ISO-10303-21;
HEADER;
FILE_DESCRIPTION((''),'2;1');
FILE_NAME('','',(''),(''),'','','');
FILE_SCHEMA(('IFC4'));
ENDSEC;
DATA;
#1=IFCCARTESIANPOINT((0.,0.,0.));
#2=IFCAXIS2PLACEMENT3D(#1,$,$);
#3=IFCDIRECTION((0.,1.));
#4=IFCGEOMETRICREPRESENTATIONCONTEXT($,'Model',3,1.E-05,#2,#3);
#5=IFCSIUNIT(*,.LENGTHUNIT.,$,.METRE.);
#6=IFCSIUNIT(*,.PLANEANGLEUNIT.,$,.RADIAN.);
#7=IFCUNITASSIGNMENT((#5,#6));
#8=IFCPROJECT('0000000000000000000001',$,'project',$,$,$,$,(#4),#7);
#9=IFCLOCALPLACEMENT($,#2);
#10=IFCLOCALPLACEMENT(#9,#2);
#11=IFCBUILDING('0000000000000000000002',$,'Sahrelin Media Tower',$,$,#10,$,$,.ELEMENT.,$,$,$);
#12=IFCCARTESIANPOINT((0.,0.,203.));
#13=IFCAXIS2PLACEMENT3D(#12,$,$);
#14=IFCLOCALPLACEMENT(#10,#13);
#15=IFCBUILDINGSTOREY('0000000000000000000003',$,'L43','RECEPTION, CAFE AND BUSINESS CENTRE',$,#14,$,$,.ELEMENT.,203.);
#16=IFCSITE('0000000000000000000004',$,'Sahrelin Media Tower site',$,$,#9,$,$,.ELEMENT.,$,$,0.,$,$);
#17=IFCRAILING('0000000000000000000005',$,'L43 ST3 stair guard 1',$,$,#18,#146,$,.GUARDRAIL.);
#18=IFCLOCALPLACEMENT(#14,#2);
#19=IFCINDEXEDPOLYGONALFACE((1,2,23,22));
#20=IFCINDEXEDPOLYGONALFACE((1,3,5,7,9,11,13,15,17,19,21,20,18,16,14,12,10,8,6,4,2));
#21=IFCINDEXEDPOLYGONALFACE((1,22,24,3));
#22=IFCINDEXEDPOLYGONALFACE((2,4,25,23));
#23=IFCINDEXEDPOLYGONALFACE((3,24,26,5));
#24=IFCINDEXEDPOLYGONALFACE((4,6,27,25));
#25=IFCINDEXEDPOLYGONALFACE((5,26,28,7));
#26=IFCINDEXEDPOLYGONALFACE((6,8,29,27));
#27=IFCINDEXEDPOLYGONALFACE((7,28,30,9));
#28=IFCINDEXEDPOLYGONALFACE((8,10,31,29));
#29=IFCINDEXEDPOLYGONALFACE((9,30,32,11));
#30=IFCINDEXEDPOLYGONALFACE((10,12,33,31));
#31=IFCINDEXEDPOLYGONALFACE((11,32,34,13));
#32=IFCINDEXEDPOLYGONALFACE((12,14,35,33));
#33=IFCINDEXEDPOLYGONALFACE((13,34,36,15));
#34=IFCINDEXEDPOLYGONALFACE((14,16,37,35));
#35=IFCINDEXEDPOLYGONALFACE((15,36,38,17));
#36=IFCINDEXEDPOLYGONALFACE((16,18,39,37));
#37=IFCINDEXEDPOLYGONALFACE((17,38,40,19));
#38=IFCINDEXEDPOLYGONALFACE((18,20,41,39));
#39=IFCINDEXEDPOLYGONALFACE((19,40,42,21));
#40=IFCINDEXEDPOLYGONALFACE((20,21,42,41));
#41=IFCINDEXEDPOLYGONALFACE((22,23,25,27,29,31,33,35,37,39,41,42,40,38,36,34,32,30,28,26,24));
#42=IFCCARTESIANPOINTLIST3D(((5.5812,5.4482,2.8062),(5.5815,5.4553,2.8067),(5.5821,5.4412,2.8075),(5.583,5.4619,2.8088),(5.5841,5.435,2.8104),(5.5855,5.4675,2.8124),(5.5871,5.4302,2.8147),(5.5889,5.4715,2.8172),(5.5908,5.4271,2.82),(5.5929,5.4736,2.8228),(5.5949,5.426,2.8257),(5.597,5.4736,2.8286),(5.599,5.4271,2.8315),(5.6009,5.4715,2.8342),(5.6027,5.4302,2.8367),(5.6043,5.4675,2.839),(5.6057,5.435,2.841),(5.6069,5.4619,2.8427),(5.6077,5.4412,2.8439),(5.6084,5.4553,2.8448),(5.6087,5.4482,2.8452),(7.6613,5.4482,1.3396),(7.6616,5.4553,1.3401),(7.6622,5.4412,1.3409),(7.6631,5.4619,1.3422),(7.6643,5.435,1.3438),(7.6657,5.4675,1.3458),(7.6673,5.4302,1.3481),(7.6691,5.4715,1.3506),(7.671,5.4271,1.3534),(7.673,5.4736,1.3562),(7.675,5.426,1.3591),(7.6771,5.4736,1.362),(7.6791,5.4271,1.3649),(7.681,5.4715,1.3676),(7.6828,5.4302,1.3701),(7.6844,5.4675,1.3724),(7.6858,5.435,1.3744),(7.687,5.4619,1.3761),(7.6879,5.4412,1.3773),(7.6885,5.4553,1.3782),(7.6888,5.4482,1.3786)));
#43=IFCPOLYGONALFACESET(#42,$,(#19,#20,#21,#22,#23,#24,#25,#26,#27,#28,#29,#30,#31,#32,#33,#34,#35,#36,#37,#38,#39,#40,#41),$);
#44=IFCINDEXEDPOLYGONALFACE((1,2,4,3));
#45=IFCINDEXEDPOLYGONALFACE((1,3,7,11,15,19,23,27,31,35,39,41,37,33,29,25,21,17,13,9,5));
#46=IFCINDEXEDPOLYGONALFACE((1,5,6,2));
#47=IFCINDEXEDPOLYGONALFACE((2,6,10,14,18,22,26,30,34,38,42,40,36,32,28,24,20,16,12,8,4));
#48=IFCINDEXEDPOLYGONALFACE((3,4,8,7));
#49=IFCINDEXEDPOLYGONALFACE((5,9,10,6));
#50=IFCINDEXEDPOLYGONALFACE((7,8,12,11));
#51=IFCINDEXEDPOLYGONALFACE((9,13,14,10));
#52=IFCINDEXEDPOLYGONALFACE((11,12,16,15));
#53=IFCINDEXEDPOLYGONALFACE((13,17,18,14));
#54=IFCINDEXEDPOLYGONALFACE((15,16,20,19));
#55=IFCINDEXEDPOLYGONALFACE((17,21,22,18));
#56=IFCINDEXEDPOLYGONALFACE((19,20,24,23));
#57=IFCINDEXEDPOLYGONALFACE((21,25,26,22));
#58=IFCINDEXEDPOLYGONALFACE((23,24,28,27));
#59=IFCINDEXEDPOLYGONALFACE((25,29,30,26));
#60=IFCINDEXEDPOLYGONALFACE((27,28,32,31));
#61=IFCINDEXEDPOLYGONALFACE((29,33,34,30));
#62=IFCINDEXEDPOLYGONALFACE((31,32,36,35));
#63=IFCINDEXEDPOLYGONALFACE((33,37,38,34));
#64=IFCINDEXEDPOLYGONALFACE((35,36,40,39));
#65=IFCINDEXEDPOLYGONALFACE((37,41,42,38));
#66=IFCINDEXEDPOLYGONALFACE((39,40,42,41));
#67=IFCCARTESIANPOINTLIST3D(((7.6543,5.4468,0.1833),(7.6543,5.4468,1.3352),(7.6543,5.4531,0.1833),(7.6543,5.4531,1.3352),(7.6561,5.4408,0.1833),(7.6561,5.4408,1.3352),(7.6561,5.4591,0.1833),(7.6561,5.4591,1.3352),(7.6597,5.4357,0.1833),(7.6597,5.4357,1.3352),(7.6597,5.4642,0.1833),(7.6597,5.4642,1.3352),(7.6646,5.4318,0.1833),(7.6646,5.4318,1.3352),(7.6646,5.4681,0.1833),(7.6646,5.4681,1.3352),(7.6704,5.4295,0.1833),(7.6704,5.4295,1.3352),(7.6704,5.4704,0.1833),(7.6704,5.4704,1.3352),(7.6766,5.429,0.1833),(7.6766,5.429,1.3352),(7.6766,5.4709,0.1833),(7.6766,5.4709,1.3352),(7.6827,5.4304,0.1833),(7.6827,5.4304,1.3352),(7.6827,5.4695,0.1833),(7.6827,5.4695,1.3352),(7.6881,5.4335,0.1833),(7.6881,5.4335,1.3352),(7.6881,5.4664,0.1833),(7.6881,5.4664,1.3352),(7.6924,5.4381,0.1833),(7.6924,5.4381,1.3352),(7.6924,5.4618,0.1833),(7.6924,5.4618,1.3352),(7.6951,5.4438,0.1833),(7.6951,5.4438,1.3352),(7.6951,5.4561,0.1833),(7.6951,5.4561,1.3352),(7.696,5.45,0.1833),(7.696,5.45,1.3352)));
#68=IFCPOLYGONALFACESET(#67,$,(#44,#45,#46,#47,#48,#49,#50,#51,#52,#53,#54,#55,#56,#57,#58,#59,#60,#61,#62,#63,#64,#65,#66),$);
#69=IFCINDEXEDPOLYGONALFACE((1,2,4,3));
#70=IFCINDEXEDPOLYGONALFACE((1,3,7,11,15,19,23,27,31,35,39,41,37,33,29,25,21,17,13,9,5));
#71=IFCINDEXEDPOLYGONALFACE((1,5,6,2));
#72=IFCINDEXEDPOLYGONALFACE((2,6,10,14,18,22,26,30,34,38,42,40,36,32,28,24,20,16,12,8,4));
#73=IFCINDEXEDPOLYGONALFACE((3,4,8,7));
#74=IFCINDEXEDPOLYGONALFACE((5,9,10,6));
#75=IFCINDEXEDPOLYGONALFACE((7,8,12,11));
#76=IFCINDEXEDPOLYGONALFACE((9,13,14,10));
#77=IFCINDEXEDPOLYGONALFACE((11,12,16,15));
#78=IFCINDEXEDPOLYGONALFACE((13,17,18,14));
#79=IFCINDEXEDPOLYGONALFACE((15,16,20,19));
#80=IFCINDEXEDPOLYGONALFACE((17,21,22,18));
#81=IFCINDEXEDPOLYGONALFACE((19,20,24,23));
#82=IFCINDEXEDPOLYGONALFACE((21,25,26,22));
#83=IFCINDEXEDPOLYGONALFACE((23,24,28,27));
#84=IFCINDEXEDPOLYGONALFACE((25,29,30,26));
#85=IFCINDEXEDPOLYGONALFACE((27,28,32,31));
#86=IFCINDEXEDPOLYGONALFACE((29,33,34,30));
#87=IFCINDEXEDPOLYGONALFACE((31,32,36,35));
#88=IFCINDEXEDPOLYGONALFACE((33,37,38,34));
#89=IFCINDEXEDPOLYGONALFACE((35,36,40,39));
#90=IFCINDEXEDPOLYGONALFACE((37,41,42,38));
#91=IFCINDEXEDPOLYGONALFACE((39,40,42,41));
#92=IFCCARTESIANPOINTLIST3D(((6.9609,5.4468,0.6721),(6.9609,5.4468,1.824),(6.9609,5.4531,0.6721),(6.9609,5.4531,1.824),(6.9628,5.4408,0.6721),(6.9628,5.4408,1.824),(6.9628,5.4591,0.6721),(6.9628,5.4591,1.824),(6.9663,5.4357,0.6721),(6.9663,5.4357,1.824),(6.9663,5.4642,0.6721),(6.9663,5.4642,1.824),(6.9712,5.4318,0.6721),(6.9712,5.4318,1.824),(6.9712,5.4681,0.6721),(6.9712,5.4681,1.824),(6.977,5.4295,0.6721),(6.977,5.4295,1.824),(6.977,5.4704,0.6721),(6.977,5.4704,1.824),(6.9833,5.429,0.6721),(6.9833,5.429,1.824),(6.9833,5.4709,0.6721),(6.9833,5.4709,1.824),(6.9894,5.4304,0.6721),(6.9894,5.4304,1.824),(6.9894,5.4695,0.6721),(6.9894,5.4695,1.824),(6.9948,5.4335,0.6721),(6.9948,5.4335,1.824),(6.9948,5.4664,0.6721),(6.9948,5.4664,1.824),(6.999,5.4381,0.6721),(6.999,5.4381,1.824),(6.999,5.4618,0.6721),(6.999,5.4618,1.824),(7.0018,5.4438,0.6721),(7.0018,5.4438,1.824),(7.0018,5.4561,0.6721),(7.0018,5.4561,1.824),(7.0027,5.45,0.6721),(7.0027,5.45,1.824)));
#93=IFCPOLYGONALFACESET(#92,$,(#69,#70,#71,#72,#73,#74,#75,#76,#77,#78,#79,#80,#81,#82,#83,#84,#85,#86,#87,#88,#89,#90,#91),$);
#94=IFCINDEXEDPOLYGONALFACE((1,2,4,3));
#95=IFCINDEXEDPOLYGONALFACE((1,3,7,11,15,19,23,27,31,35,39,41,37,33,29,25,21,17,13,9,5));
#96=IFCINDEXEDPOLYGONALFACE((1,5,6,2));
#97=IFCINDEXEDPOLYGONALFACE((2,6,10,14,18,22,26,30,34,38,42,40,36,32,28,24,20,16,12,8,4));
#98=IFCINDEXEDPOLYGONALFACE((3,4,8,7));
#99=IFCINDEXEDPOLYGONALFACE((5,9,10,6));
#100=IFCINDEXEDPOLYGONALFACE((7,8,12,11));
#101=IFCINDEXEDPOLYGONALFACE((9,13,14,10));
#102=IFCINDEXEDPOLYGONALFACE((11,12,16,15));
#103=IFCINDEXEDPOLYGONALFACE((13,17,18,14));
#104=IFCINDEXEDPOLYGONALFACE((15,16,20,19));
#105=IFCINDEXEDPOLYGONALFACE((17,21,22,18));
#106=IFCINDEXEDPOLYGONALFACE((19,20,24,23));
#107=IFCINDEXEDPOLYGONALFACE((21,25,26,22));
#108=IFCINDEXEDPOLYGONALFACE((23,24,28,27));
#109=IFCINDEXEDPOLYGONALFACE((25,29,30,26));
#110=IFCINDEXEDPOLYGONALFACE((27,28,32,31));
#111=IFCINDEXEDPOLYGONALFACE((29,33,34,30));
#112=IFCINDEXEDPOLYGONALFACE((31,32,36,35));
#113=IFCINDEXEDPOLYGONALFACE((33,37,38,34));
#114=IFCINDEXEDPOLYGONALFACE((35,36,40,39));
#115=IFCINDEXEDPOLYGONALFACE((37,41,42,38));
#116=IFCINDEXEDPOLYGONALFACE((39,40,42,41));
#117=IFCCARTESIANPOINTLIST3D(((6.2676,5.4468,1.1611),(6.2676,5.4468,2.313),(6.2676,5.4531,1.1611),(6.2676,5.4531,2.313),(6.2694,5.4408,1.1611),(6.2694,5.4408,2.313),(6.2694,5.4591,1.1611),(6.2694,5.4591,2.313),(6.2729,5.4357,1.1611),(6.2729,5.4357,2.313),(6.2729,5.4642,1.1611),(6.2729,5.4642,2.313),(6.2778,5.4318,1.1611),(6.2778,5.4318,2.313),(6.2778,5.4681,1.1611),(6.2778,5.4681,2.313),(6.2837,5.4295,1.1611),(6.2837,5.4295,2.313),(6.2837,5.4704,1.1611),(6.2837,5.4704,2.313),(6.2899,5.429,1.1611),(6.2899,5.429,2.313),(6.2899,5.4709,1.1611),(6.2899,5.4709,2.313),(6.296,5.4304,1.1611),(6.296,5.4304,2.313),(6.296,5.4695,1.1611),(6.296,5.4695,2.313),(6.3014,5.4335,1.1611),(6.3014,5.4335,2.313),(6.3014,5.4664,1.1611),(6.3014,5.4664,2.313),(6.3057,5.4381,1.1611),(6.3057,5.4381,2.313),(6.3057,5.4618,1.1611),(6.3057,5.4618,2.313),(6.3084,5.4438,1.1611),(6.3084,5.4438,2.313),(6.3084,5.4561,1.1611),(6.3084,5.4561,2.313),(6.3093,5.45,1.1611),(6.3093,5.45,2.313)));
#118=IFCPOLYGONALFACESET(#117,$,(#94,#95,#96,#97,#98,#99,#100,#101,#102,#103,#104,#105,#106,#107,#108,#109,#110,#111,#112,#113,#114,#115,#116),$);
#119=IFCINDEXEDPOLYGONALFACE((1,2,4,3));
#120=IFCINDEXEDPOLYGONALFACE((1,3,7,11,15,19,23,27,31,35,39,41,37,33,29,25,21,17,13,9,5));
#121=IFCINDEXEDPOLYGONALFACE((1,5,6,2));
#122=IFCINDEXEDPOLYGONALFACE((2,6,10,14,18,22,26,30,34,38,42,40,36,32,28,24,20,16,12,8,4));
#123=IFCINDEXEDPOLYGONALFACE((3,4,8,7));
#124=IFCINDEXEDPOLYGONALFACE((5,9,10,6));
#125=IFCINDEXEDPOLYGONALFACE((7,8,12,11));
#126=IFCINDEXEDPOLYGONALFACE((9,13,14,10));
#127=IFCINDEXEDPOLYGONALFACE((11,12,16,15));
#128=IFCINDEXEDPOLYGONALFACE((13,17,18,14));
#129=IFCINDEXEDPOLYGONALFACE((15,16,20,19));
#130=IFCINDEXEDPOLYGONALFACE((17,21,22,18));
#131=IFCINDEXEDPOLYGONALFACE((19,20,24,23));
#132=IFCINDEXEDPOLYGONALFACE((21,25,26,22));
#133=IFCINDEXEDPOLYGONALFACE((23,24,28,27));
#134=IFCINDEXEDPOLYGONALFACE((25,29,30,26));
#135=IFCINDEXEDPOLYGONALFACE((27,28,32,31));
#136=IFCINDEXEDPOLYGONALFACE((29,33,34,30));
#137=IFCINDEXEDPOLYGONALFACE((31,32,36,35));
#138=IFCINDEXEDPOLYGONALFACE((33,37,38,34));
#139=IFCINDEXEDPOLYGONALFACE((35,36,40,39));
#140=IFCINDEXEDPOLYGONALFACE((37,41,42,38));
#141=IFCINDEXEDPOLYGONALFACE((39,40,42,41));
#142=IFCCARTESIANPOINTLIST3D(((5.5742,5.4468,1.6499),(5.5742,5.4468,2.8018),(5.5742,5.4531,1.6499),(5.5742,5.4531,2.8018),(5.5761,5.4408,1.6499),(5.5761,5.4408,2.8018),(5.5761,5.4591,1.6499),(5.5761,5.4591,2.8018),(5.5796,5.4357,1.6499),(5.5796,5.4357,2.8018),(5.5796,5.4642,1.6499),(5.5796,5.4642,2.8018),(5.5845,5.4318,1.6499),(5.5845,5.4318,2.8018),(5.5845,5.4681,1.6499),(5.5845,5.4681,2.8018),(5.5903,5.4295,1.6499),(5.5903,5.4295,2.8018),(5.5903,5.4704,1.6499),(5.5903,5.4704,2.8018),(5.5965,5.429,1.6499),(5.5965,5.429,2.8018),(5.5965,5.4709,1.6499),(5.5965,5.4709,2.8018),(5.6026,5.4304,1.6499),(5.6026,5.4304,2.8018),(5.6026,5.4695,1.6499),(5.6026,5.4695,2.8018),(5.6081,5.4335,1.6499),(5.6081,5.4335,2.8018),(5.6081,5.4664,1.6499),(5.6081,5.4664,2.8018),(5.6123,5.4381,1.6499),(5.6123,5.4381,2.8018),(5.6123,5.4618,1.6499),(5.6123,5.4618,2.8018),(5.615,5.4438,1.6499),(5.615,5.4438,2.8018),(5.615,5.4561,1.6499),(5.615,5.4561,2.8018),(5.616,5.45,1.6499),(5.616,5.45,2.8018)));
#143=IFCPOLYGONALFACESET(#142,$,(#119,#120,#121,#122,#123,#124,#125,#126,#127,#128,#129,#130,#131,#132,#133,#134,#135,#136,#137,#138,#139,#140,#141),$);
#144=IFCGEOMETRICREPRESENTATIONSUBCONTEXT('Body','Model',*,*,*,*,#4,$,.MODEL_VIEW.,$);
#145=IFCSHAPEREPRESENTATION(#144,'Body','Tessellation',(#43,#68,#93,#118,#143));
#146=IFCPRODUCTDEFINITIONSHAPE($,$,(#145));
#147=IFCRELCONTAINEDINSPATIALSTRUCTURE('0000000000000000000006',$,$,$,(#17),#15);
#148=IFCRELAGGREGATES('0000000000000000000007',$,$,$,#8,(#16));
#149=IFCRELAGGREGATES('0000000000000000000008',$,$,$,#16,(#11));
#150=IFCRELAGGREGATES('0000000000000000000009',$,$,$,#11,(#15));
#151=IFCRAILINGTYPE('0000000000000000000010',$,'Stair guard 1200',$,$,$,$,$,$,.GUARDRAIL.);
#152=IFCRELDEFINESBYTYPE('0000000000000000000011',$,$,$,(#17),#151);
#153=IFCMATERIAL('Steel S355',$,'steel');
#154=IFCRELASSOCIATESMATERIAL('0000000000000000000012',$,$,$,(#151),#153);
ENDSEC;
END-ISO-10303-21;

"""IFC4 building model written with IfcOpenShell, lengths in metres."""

from ifc_helpers import new_model, si_unit, direction, frame, origin, origin_2d, place, context, subcontext, project, spatial, circle, extrude, material, type_object, element, save


model = new_model("IFC4")

# Units and contexts
model_context = context("Model", 3, precision=1e-05, world=origin(), true_north=direction((0.0, 1.0)))
body_context = subcontext(model_context, "Body", "Model", "MODEL_VIEW")
ifc_project = project(units=[si_unit("LENGTHUNIT", "METRE"), si_unit("PLANEANGLEUNIT", "RADIAN")], contexts=[model_context])

# Site, building, storey
site_placement = place(None, origin())
site = spatial("IfcSite", under=ifc_project, at=site_placement, Name="Sahrelin Media Tower site", CompositionType="ELEMENT", RefElevation=0.0)
building_placement = place(site_placement, origin())
building = spatial("IfcBuilding", under=site, at=building_placement, Name="Sahrelin Media Tower", CompositionType="ELEMENT")
storey_placement = place(building_placement, frame((0.0, 0.0, 203.0)))
storey = spatial("IfcBuildingStorey", under=building, at=storey_placement, Name="L43", Description="RECEPTION, CAFE AND BUSINESS CENTRE", CompositionType="ELEMENT", Elevation=203.0)

# Railing
ifc_material_1 = material(Name="Steel S355", Category="steel")
railing_type_1 = type_object("IfcRailingType", Name="Stair guard 1200", PredefinedType="GUARDRAIL", material=ifc_material_1)
railing_1_placement = place(storey_placement, frame((7.675, 5.45, 0.1833)))
element("IfcRailing", 1, at=railing_1_placement, inside=storey, type_object=railing_type_1, Name="L43 ST3 stair guard 1", PredefinedType="GUARDRAIL", context=body_context, shape_type="SweptSolid", body=[
    extrude(circle(Radius=0.0239, at=origin_2d()), frame((0.0, 0.0, 1.1758), z_axis=(-0.817289, 0.0, 0.576227), x_axis=(0.0, -1.0, 0.0)), (0.0, 0.0, 1.0), 2.5452),
    extrude(circle(Radius=0.021, at=origin_2d()), origin(), (0.0, 0.0, 1.0), 1.1519),
    extrude(circle(Radius=0.021, at=origin_2d()), frame((-0.6934, 0.0, 0.4888)), (0.0, 0.0, 1.0), 1.1519),
    extrude(circle(Radius=0.021, at=origin_2d()), frame((-1.3867, 0.0, 0.9778)), (0.0, 0.0, 1.0), 1.1519),
    extrude(circle(Radius=0.021, at=origin_2d()), frame((-2.0801, 0.0, 1.4666)), (0.0, 0.0, 1.0), 1.1519),
])

save(model, "model.ifc")
